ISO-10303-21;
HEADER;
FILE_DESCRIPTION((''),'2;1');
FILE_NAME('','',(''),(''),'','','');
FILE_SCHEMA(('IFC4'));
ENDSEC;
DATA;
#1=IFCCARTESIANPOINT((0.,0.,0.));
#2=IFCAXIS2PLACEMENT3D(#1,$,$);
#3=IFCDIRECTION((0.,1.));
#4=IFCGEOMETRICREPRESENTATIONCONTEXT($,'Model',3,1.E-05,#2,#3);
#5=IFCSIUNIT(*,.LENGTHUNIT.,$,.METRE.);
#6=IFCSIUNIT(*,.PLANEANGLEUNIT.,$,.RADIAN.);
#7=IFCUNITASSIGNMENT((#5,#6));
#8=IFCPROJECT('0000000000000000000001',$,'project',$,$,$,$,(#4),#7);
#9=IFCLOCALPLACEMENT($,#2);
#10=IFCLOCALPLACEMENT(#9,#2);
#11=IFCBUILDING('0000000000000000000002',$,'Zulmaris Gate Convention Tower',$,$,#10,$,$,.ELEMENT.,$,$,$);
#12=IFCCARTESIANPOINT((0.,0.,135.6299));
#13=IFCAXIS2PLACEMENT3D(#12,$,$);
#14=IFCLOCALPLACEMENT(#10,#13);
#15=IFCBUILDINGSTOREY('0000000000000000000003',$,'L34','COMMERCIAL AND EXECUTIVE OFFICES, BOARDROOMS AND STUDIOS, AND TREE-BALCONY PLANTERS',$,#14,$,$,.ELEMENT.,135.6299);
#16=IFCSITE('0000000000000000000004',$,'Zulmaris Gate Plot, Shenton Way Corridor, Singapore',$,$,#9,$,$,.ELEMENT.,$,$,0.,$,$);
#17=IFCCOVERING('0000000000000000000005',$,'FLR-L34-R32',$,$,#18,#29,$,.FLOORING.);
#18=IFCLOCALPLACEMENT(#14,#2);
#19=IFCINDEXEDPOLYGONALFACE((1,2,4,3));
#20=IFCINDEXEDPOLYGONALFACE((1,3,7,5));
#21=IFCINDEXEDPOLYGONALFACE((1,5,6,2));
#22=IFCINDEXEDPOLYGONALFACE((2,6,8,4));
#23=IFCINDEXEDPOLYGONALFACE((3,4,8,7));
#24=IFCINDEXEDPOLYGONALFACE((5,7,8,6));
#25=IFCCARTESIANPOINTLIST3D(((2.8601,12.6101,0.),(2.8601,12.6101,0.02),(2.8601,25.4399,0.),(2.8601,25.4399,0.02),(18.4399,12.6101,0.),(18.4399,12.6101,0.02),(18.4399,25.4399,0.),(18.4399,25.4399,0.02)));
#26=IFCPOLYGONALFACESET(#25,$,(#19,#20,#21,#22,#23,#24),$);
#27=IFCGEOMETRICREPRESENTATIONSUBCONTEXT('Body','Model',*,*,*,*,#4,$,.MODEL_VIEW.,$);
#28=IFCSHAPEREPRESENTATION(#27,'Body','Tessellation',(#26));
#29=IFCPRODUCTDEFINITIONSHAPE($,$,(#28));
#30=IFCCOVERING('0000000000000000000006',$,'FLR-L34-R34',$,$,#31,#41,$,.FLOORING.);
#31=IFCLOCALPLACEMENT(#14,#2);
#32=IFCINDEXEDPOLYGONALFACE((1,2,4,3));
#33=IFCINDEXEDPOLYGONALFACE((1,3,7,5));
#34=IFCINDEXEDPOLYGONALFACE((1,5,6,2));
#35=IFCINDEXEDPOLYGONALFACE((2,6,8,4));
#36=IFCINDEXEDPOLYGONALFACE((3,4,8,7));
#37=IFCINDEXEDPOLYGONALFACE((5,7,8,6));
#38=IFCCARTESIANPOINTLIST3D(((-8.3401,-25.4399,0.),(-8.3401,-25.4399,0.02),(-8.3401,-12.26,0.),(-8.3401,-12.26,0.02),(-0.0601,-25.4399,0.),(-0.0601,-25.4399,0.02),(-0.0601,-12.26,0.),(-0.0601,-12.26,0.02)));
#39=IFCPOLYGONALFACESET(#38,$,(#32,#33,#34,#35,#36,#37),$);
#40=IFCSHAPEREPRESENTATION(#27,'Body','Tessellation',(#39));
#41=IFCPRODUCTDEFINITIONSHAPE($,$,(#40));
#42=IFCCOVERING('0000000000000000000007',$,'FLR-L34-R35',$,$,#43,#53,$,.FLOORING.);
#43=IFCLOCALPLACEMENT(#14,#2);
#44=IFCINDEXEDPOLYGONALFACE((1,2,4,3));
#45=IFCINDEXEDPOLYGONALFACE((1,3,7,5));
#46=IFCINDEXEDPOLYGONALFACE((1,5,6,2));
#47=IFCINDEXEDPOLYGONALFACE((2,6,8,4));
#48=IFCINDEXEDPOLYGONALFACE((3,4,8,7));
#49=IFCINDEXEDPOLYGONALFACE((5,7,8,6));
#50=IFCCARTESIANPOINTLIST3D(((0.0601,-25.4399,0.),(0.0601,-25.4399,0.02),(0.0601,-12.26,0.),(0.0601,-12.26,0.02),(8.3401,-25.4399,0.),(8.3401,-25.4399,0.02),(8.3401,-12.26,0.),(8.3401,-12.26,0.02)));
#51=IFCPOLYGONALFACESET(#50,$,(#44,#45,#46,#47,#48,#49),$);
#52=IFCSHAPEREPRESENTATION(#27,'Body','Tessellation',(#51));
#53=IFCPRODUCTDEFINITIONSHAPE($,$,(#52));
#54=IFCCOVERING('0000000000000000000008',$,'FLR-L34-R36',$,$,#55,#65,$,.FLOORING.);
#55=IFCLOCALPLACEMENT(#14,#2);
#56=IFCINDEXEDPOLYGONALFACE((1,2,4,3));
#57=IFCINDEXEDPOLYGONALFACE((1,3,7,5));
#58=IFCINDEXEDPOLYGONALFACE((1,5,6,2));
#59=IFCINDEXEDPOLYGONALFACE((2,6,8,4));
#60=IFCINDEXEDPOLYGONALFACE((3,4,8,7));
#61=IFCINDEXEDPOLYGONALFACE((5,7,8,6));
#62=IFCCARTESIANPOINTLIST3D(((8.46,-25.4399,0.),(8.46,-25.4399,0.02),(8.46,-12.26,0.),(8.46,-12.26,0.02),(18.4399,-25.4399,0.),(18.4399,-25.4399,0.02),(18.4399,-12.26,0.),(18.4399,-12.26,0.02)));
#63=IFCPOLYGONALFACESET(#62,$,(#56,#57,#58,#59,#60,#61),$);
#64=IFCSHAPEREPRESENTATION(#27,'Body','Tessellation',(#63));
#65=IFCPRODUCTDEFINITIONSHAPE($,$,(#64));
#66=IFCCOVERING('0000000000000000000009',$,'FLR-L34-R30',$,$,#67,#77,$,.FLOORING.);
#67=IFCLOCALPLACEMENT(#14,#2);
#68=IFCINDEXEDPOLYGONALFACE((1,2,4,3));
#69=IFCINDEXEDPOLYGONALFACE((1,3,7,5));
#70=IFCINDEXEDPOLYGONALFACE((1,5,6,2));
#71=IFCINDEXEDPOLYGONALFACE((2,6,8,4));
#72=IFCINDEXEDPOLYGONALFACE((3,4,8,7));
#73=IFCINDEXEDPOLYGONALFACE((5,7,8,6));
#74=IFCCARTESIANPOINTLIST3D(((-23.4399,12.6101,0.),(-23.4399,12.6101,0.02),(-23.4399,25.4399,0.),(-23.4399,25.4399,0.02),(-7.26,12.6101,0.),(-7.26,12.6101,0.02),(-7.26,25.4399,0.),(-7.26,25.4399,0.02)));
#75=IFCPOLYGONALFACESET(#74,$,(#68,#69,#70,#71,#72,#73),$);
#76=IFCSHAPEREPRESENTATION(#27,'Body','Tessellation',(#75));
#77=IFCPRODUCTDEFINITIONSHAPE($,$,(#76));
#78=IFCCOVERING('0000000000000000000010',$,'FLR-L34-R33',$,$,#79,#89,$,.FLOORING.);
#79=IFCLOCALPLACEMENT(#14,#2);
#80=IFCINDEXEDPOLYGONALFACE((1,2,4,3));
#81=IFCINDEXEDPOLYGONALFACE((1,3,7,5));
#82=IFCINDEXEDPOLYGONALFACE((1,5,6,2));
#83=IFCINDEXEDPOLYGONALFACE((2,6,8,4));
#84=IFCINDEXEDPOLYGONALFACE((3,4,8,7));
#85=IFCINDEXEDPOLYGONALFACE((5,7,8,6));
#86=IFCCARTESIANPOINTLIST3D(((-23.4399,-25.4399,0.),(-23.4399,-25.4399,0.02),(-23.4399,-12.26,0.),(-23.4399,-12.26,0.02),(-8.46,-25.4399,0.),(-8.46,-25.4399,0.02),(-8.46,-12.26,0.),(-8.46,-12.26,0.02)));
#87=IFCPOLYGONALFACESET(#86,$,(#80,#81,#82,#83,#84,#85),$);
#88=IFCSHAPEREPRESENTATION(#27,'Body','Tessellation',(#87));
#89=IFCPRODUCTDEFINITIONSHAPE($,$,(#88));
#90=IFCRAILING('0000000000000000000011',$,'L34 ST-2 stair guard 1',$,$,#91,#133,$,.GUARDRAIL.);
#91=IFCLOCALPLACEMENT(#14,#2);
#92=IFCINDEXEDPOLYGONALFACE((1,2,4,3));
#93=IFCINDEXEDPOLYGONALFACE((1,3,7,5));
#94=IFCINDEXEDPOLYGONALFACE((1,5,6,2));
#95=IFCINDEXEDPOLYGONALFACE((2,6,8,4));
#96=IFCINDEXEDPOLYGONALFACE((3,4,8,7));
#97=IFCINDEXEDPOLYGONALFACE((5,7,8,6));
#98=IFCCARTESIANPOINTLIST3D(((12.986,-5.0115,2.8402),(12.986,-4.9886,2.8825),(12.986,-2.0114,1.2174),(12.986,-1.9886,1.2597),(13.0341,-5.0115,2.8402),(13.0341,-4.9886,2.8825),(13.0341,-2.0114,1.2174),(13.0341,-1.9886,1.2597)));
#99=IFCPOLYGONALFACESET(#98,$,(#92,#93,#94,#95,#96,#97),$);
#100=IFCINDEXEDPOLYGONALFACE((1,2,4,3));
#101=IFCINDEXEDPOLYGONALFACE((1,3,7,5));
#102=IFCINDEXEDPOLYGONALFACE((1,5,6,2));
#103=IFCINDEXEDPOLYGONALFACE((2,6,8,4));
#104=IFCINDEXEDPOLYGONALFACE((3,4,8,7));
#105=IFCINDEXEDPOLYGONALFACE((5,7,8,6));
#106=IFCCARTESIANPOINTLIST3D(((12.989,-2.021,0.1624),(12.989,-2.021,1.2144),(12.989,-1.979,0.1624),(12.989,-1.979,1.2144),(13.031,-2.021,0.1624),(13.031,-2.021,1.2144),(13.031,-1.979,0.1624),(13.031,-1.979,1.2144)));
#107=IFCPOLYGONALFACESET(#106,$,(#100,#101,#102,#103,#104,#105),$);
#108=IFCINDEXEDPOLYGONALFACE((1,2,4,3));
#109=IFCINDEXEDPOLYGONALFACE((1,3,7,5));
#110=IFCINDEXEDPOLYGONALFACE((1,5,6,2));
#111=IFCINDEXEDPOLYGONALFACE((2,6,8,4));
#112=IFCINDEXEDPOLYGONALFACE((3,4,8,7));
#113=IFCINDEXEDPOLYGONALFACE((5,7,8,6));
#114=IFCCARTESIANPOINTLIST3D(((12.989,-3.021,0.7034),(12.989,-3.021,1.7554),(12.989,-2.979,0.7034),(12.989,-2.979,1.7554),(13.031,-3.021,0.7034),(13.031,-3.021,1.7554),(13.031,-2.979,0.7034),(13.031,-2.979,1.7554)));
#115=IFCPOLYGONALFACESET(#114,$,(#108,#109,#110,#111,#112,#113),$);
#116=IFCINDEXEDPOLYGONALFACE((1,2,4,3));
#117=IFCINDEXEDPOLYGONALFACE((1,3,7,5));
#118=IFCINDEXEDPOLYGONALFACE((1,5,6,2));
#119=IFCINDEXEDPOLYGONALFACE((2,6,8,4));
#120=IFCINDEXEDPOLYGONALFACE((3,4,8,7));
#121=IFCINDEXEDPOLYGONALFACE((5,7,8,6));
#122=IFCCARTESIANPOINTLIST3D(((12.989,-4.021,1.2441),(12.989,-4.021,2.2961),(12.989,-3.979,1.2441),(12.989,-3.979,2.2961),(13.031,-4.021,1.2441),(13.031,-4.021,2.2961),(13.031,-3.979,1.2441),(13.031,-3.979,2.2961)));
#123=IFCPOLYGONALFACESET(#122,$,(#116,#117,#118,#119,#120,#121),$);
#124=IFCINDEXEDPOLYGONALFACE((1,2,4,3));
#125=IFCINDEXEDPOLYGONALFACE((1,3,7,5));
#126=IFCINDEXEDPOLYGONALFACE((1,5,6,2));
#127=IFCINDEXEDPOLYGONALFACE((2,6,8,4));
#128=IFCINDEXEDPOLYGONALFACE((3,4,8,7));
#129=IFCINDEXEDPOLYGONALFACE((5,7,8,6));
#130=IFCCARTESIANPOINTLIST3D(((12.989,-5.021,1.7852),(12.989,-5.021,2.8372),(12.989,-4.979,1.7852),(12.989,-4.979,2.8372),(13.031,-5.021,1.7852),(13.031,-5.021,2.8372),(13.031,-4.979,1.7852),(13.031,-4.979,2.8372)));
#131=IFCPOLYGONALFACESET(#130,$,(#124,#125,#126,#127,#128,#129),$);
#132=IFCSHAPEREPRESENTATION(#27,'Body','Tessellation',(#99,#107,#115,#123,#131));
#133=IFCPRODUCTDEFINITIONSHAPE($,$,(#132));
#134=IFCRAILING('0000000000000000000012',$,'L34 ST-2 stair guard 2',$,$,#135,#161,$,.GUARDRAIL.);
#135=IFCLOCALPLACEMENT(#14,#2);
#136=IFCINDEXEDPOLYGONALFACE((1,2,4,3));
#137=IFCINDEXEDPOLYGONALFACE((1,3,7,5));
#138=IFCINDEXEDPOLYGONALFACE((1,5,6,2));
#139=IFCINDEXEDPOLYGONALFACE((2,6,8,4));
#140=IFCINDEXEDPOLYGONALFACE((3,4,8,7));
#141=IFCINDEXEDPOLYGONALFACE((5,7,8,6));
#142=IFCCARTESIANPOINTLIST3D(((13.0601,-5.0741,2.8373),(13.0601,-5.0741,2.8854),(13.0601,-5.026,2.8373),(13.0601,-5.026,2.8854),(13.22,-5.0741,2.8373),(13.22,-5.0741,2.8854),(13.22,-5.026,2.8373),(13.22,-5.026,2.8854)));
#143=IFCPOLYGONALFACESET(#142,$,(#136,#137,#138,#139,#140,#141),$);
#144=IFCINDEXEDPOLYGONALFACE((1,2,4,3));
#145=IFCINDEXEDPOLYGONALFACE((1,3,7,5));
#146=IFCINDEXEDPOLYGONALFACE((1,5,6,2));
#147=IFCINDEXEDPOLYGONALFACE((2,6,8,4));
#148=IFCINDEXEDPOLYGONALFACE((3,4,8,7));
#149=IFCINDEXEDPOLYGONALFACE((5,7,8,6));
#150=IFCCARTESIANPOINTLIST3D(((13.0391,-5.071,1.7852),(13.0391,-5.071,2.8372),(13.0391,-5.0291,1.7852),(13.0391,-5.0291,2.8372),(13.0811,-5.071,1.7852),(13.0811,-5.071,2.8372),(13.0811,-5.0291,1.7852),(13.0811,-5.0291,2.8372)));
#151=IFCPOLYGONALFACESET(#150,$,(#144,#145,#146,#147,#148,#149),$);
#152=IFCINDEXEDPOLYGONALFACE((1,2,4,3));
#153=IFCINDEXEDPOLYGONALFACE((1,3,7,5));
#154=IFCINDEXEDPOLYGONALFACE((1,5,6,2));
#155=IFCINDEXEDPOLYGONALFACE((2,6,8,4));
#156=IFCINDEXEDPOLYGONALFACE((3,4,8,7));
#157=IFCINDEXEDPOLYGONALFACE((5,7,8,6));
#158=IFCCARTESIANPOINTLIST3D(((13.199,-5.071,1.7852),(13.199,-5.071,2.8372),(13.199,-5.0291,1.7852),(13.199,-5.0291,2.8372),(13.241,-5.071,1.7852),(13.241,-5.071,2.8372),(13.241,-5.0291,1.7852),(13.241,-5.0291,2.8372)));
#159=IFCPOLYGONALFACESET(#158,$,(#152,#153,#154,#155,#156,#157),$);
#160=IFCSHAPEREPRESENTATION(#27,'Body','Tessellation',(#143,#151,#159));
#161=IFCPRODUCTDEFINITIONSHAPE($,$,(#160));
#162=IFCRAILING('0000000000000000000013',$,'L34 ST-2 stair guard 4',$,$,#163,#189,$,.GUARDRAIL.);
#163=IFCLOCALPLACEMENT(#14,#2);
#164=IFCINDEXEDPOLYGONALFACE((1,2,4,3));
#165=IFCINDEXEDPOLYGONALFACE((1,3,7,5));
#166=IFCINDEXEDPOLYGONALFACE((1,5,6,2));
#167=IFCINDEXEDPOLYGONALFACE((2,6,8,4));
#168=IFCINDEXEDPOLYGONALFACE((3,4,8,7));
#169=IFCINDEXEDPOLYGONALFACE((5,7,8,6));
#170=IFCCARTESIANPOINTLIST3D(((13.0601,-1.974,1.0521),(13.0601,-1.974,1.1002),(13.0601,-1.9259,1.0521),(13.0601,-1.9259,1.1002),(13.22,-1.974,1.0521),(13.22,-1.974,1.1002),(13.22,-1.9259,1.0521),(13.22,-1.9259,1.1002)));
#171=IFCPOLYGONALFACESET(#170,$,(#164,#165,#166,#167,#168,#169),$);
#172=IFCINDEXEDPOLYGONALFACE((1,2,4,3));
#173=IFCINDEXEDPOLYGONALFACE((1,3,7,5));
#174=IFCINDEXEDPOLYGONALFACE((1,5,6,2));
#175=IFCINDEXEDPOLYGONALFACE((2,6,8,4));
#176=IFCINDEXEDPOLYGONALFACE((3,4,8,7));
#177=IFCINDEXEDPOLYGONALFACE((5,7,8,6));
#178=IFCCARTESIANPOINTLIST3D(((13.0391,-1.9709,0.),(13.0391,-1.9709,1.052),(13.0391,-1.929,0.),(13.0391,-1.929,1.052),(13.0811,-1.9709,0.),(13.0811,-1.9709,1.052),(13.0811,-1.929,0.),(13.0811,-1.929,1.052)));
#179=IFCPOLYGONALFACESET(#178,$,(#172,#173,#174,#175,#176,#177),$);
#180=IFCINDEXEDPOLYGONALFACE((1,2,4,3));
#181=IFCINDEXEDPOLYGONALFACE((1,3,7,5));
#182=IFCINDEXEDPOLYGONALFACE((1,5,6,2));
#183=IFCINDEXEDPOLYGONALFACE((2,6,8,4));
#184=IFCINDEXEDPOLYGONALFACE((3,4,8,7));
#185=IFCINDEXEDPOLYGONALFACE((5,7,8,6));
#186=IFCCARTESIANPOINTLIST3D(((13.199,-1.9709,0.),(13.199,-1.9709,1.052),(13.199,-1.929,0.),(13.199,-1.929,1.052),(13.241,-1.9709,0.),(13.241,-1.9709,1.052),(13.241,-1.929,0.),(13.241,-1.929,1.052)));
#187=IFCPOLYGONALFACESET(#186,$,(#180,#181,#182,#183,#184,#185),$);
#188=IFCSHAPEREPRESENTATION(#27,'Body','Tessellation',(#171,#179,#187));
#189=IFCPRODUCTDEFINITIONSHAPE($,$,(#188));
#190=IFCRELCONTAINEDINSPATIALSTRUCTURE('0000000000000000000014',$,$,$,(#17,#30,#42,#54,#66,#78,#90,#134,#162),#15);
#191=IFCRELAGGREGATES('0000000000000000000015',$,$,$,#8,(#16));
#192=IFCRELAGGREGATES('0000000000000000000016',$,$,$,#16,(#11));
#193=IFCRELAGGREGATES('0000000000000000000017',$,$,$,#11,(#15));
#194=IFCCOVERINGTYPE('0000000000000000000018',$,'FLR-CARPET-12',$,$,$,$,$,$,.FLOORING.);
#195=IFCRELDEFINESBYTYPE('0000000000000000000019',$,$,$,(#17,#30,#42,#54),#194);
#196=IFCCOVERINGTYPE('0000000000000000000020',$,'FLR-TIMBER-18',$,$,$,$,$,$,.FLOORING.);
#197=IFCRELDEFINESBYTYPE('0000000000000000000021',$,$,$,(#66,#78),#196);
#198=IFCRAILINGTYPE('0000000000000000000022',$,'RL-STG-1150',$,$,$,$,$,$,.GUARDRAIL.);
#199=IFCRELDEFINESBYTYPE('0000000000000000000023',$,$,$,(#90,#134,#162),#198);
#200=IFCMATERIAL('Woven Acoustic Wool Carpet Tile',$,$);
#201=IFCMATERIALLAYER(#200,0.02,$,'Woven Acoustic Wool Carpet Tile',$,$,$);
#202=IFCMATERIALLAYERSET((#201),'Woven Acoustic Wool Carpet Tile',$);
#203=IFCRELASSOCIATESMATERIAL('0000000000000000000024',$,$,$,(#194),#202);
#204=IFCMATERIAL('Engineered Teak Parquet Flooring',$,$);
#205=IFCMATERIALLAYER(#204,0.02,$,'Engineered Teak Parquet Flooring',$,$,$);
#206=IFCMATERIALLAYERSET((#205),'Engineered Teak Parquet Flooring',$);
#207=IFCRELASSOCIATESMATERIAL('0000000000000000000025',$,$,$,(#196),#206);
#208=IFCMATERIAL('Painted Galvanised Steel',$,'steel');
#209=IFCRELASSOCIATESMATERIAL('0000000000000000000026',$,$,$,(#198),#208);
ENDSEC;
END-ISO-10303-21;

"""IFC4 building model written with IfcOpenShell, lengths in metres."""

from ifc_helpers import new_model, si_unit, direction, frame, origin, origin_2d, place, context, subcontext, project, spatial, polyline, rectangle, outline, extrude, material, layer, layer_set, type_object, element, save


model = new_model("IFC4")

# Units and contexts
model_context = context("Model", 3, precision=1e-05, world=origin(), true_north=direction((0.0, 1.0)))
body_context = subcontext(model_context, "Body", "Model", "MODEL_VIEW")
ifc_project = project(units=[si_unit("LENGTHUNIT", "METRE"), si_unit("PLANEANGLEUNIT", "RADIAN")], contexts=[model_context])

# Site, building, storey
site_placement = place(None, origin())
site = spatial("IfcSite", under=ifc_project, at=site_placement, Name="Zulmaris Gate Plot, Shenton Way Corridor, Singapore", CompositionType="ELEMENT", RefElevation=0.0)
building_placement = place(site_placement, origin())
building = spatial("IfcBuilding", under=site, at=building_placement, Name="Zulmaris Gate Convention Tower", CompositionType="ELEMENT")
storey_placement = place(building_placement, frame((0.0, 0.0, 135.6299)))
storey = spatial("IfcBuildingStorey", under=building, at=storey_placement, Name="L34", Description="COMMERCIAL AND EXECUTIVE OFFICES, BOARDROOMS AND STUDIOS, AND TREE-BALCONY PLANTERS", CompositionType="ELEMENT", Elevation=135.6299)

# Coverings
ifc_material_1 = material(Name="Woven Acoustic Wool Carpet Tile")
ifc_layer_1 = layer(ifc_material_1, 0.02, Name="Woven Acoustic Wool Carpet Tile")
ifc_layer_set_1 = layer_set([ifc_layer_1], Name="Woven Acoustic Wool Carpet Tile")
covering_type_1 = type_object("IfcCoveringType", Name="FLR-CARPET-12", PredefinedType="FLOORING", material=ifc_layer_set_1)
covering_1_placement = place(storey_placement, origin())
element("IfcCovering", 1, at=covering_1_placement, inside=storey, type_object=covering_type_1, Name="FLR-L34-R32", PredefinedType="FLOORING", context=body_context, shape_type="SweptSolid", body=[
    extrude(outline(polyline([(2.8601, 12.6101), (18.4399, 12.6101), (18.4399, 25.4399), (2.8601, 25.4399), (2.8601, 12.6101)])), origin(), (0.0, 0.0, 1.0), 0.02),
])
covering_2_placement = place(storey_placement, origin())
element("IfcCovering", 2, at=covering_2_placement, inside=storey, type_object=covering_type_1, Name="FLR-L34-R34", PredefinedType="FLOORING", context=body_context, shape_type="SweptSolid", body=[
    extrude(outline(polyline([(-8.3401, -25.4399), (-0.0601, -25.4399), (-0.0601, -12.26), (-8.3401, -12.26), (-8.3401, -25.4399)])), origin(), (0.0, 0.0, 1.0), 0.02),
])
covering_3_placement = place(storey_placement, origin())
element("IfcCovering", 3, at=covering_3_placement, inside=storey, type_object=covering_type_1, Name="FLR-L34-R35", PredefinedType="FLOORING", context=body_context, shape_type="SweptSolid", body=[
    extrude(outline(polyline([(0.0601, -25.4399), (8.3401, -25.4399), (8.3401, -12.26), (0.0601, -12.26), (0.0601, -25.4399)])), origin(), (0.0, 0.0, 1.0), 0.02),
])
covering_4_placement = place(storey_placement, origin())
element("IfcCovering", 4, at=covering_4_placement, inside=storey, type_object=covering_type_1, Name="FLR-L34-R36", PredefinedType="FLOORING", context=body_context, shape_type="SweptSolid", body=[
    extrude(outline(polyline([(8.46, -25.4399), (18.4399, -25.4399), (18.4399, -12.26), (8.46, -12.26), (8.46, -25.4399)])), origin(), (0.0, 0.0, 1.0), 0.02),
])
ifc_material_2 = material(Name="Engineered Teak Parquet Flooring")
ifc_layer_2 = layer(ifc_material_2, 0.02, Name="Engineered Teak Parquet Flooring")
ifc_layer_set_2 = layer_set([ifc_layer_2], Name="Engineered Teak Parquet Flooring")
covering_type_2 = type_object("IfcCoveringType", Name="FLR-TIMBER-18", PredefinedType="FLOORING", material=ifc_layer_set_2)
covering_5_placement = place(storey_placement, origin())
element("IfcCovering", 5, at=covering_5_placement, inside=storey, type_object=covering_type_2, Name="FLR-L34-R30", PredefinedType="FLOORING", context=body_context, shape_type="SweptSolid", body=[
    extrude(outline(polyline([(-23.4399, 12.6101), (-7.26, 12.6101), (-7.26, 25.4399), (-23.4399, 25.4399), (-23.4399, 12.6101)])), origin(), (0.0, 0.0, 1.0), 0.02),
])
covering_6_placement = place(storey_placement, origin())
element("IfcCovering", 6, at=covering_6_placement, inside=storey, type_object=covering_type_2, Name="FLR-L34-R33", PredefinedType="FLOORING", context=body_context, shape_type="SweptSolid", body=[
    extrude(outline(polyline([(-23.4399, -25.4399), (-8.46, -25.4399), (-8.46, -12.26), (-23.4399, -12.26), (-23.4399, -25.4399)])), origin(), (0.0, 0.0, 1.0), 0.02),
])

# Railings
ifc_material_3 = material(Name="Painted Galvanised Steel", Category="steel")
railing_type_1 = type_object("IfcRailingType", Name="RL-STG-1150", PredefinedType="GUARDRAIL", material=ifc_material_3)
railing_1_placement = place(storey_placement, frame((13.01, -2.0, 0.1624)))
element("IfcRailing", 7, at=railing_1_placement, inside=storey, type_object=railing_type_1, Name="L34 ST-2 stair guard 1", PredefinedType="GUARDRAIL", context=body_context, shape_type="SweptSolid", body=[
    extrude(rectangle(XDim=0.0481, YDim=0.0481, at=origin_2d()), frame((0.0, 0.0, 1.0762), z_axis=(0.0, -0.879562, 0.475785), x_axis=(1.0, 0.0, 0.0)), (0.0, 0.0, 1.0), 3.4109),
    extrude(rectangle(XDim=0.042, YDim=0.042, at=origin_2d()), origin(), (0.0, 0.0, 1.0), 1.052),
    extrude(rectangle(XDim=0.042, YDim=0.042, at=origin_2d()), frame((0.0, -1.0, 0.541)), (0.0, 0.0, 1.0), 1.052),
    extrude(rectangle(XDim=0.042, YDim=0.042, at=origin_2d()), frame((0.0, -2.0, 1.0818)), (0.0, 0.0, 1.0), 1.052),
    extrude(rectangle(XDim=0.042, YDim=0.042, at=origin_2d()), frame((0.0, -3.0, 1.6228)), (0.0, 0.0, 1.0), 1.052),
])
for number, where, name in (
    (8, (13.0601, -5.05, 1.7852), "L34 ST-2 stair guard 2"),
    (9, (13.0601, -1.95, 0.0), "L34 ST-2 stair guard 4"),
):
    element("IfcRailing", number, at=place(storey_placement, frame(where)), inside=storey, type_object=railing_type_1, Name=name, PredefinedType="GUARDRAIL", context=body_context, shape_type="SweptSolid", body=[
        extrude(rectangle(XDim=0.0481, YDim=0.0481, at=origin_2d()), frame((0.0, 0.0, 1.0762), z_axis=(1.0, 0.0, 0.0), x_axis=(0.0, 1.0, 0.0)), (0.0, 0.0, 1.0), 0.1599),
        extrude(rectangle(XDim=0.042, YDim=0.042, at=origin_2d()), origin(), (0.0, 0.0, 1.0), 1.052),
        extrude(rectangle(XDim=0.042, YDim=0.042, at=origin_2d()), frame((0.1599, 0.0, 0.0)), (0.0, 0.0, 1.0), 1.052),
    ])

save(model, "model.ifc")
